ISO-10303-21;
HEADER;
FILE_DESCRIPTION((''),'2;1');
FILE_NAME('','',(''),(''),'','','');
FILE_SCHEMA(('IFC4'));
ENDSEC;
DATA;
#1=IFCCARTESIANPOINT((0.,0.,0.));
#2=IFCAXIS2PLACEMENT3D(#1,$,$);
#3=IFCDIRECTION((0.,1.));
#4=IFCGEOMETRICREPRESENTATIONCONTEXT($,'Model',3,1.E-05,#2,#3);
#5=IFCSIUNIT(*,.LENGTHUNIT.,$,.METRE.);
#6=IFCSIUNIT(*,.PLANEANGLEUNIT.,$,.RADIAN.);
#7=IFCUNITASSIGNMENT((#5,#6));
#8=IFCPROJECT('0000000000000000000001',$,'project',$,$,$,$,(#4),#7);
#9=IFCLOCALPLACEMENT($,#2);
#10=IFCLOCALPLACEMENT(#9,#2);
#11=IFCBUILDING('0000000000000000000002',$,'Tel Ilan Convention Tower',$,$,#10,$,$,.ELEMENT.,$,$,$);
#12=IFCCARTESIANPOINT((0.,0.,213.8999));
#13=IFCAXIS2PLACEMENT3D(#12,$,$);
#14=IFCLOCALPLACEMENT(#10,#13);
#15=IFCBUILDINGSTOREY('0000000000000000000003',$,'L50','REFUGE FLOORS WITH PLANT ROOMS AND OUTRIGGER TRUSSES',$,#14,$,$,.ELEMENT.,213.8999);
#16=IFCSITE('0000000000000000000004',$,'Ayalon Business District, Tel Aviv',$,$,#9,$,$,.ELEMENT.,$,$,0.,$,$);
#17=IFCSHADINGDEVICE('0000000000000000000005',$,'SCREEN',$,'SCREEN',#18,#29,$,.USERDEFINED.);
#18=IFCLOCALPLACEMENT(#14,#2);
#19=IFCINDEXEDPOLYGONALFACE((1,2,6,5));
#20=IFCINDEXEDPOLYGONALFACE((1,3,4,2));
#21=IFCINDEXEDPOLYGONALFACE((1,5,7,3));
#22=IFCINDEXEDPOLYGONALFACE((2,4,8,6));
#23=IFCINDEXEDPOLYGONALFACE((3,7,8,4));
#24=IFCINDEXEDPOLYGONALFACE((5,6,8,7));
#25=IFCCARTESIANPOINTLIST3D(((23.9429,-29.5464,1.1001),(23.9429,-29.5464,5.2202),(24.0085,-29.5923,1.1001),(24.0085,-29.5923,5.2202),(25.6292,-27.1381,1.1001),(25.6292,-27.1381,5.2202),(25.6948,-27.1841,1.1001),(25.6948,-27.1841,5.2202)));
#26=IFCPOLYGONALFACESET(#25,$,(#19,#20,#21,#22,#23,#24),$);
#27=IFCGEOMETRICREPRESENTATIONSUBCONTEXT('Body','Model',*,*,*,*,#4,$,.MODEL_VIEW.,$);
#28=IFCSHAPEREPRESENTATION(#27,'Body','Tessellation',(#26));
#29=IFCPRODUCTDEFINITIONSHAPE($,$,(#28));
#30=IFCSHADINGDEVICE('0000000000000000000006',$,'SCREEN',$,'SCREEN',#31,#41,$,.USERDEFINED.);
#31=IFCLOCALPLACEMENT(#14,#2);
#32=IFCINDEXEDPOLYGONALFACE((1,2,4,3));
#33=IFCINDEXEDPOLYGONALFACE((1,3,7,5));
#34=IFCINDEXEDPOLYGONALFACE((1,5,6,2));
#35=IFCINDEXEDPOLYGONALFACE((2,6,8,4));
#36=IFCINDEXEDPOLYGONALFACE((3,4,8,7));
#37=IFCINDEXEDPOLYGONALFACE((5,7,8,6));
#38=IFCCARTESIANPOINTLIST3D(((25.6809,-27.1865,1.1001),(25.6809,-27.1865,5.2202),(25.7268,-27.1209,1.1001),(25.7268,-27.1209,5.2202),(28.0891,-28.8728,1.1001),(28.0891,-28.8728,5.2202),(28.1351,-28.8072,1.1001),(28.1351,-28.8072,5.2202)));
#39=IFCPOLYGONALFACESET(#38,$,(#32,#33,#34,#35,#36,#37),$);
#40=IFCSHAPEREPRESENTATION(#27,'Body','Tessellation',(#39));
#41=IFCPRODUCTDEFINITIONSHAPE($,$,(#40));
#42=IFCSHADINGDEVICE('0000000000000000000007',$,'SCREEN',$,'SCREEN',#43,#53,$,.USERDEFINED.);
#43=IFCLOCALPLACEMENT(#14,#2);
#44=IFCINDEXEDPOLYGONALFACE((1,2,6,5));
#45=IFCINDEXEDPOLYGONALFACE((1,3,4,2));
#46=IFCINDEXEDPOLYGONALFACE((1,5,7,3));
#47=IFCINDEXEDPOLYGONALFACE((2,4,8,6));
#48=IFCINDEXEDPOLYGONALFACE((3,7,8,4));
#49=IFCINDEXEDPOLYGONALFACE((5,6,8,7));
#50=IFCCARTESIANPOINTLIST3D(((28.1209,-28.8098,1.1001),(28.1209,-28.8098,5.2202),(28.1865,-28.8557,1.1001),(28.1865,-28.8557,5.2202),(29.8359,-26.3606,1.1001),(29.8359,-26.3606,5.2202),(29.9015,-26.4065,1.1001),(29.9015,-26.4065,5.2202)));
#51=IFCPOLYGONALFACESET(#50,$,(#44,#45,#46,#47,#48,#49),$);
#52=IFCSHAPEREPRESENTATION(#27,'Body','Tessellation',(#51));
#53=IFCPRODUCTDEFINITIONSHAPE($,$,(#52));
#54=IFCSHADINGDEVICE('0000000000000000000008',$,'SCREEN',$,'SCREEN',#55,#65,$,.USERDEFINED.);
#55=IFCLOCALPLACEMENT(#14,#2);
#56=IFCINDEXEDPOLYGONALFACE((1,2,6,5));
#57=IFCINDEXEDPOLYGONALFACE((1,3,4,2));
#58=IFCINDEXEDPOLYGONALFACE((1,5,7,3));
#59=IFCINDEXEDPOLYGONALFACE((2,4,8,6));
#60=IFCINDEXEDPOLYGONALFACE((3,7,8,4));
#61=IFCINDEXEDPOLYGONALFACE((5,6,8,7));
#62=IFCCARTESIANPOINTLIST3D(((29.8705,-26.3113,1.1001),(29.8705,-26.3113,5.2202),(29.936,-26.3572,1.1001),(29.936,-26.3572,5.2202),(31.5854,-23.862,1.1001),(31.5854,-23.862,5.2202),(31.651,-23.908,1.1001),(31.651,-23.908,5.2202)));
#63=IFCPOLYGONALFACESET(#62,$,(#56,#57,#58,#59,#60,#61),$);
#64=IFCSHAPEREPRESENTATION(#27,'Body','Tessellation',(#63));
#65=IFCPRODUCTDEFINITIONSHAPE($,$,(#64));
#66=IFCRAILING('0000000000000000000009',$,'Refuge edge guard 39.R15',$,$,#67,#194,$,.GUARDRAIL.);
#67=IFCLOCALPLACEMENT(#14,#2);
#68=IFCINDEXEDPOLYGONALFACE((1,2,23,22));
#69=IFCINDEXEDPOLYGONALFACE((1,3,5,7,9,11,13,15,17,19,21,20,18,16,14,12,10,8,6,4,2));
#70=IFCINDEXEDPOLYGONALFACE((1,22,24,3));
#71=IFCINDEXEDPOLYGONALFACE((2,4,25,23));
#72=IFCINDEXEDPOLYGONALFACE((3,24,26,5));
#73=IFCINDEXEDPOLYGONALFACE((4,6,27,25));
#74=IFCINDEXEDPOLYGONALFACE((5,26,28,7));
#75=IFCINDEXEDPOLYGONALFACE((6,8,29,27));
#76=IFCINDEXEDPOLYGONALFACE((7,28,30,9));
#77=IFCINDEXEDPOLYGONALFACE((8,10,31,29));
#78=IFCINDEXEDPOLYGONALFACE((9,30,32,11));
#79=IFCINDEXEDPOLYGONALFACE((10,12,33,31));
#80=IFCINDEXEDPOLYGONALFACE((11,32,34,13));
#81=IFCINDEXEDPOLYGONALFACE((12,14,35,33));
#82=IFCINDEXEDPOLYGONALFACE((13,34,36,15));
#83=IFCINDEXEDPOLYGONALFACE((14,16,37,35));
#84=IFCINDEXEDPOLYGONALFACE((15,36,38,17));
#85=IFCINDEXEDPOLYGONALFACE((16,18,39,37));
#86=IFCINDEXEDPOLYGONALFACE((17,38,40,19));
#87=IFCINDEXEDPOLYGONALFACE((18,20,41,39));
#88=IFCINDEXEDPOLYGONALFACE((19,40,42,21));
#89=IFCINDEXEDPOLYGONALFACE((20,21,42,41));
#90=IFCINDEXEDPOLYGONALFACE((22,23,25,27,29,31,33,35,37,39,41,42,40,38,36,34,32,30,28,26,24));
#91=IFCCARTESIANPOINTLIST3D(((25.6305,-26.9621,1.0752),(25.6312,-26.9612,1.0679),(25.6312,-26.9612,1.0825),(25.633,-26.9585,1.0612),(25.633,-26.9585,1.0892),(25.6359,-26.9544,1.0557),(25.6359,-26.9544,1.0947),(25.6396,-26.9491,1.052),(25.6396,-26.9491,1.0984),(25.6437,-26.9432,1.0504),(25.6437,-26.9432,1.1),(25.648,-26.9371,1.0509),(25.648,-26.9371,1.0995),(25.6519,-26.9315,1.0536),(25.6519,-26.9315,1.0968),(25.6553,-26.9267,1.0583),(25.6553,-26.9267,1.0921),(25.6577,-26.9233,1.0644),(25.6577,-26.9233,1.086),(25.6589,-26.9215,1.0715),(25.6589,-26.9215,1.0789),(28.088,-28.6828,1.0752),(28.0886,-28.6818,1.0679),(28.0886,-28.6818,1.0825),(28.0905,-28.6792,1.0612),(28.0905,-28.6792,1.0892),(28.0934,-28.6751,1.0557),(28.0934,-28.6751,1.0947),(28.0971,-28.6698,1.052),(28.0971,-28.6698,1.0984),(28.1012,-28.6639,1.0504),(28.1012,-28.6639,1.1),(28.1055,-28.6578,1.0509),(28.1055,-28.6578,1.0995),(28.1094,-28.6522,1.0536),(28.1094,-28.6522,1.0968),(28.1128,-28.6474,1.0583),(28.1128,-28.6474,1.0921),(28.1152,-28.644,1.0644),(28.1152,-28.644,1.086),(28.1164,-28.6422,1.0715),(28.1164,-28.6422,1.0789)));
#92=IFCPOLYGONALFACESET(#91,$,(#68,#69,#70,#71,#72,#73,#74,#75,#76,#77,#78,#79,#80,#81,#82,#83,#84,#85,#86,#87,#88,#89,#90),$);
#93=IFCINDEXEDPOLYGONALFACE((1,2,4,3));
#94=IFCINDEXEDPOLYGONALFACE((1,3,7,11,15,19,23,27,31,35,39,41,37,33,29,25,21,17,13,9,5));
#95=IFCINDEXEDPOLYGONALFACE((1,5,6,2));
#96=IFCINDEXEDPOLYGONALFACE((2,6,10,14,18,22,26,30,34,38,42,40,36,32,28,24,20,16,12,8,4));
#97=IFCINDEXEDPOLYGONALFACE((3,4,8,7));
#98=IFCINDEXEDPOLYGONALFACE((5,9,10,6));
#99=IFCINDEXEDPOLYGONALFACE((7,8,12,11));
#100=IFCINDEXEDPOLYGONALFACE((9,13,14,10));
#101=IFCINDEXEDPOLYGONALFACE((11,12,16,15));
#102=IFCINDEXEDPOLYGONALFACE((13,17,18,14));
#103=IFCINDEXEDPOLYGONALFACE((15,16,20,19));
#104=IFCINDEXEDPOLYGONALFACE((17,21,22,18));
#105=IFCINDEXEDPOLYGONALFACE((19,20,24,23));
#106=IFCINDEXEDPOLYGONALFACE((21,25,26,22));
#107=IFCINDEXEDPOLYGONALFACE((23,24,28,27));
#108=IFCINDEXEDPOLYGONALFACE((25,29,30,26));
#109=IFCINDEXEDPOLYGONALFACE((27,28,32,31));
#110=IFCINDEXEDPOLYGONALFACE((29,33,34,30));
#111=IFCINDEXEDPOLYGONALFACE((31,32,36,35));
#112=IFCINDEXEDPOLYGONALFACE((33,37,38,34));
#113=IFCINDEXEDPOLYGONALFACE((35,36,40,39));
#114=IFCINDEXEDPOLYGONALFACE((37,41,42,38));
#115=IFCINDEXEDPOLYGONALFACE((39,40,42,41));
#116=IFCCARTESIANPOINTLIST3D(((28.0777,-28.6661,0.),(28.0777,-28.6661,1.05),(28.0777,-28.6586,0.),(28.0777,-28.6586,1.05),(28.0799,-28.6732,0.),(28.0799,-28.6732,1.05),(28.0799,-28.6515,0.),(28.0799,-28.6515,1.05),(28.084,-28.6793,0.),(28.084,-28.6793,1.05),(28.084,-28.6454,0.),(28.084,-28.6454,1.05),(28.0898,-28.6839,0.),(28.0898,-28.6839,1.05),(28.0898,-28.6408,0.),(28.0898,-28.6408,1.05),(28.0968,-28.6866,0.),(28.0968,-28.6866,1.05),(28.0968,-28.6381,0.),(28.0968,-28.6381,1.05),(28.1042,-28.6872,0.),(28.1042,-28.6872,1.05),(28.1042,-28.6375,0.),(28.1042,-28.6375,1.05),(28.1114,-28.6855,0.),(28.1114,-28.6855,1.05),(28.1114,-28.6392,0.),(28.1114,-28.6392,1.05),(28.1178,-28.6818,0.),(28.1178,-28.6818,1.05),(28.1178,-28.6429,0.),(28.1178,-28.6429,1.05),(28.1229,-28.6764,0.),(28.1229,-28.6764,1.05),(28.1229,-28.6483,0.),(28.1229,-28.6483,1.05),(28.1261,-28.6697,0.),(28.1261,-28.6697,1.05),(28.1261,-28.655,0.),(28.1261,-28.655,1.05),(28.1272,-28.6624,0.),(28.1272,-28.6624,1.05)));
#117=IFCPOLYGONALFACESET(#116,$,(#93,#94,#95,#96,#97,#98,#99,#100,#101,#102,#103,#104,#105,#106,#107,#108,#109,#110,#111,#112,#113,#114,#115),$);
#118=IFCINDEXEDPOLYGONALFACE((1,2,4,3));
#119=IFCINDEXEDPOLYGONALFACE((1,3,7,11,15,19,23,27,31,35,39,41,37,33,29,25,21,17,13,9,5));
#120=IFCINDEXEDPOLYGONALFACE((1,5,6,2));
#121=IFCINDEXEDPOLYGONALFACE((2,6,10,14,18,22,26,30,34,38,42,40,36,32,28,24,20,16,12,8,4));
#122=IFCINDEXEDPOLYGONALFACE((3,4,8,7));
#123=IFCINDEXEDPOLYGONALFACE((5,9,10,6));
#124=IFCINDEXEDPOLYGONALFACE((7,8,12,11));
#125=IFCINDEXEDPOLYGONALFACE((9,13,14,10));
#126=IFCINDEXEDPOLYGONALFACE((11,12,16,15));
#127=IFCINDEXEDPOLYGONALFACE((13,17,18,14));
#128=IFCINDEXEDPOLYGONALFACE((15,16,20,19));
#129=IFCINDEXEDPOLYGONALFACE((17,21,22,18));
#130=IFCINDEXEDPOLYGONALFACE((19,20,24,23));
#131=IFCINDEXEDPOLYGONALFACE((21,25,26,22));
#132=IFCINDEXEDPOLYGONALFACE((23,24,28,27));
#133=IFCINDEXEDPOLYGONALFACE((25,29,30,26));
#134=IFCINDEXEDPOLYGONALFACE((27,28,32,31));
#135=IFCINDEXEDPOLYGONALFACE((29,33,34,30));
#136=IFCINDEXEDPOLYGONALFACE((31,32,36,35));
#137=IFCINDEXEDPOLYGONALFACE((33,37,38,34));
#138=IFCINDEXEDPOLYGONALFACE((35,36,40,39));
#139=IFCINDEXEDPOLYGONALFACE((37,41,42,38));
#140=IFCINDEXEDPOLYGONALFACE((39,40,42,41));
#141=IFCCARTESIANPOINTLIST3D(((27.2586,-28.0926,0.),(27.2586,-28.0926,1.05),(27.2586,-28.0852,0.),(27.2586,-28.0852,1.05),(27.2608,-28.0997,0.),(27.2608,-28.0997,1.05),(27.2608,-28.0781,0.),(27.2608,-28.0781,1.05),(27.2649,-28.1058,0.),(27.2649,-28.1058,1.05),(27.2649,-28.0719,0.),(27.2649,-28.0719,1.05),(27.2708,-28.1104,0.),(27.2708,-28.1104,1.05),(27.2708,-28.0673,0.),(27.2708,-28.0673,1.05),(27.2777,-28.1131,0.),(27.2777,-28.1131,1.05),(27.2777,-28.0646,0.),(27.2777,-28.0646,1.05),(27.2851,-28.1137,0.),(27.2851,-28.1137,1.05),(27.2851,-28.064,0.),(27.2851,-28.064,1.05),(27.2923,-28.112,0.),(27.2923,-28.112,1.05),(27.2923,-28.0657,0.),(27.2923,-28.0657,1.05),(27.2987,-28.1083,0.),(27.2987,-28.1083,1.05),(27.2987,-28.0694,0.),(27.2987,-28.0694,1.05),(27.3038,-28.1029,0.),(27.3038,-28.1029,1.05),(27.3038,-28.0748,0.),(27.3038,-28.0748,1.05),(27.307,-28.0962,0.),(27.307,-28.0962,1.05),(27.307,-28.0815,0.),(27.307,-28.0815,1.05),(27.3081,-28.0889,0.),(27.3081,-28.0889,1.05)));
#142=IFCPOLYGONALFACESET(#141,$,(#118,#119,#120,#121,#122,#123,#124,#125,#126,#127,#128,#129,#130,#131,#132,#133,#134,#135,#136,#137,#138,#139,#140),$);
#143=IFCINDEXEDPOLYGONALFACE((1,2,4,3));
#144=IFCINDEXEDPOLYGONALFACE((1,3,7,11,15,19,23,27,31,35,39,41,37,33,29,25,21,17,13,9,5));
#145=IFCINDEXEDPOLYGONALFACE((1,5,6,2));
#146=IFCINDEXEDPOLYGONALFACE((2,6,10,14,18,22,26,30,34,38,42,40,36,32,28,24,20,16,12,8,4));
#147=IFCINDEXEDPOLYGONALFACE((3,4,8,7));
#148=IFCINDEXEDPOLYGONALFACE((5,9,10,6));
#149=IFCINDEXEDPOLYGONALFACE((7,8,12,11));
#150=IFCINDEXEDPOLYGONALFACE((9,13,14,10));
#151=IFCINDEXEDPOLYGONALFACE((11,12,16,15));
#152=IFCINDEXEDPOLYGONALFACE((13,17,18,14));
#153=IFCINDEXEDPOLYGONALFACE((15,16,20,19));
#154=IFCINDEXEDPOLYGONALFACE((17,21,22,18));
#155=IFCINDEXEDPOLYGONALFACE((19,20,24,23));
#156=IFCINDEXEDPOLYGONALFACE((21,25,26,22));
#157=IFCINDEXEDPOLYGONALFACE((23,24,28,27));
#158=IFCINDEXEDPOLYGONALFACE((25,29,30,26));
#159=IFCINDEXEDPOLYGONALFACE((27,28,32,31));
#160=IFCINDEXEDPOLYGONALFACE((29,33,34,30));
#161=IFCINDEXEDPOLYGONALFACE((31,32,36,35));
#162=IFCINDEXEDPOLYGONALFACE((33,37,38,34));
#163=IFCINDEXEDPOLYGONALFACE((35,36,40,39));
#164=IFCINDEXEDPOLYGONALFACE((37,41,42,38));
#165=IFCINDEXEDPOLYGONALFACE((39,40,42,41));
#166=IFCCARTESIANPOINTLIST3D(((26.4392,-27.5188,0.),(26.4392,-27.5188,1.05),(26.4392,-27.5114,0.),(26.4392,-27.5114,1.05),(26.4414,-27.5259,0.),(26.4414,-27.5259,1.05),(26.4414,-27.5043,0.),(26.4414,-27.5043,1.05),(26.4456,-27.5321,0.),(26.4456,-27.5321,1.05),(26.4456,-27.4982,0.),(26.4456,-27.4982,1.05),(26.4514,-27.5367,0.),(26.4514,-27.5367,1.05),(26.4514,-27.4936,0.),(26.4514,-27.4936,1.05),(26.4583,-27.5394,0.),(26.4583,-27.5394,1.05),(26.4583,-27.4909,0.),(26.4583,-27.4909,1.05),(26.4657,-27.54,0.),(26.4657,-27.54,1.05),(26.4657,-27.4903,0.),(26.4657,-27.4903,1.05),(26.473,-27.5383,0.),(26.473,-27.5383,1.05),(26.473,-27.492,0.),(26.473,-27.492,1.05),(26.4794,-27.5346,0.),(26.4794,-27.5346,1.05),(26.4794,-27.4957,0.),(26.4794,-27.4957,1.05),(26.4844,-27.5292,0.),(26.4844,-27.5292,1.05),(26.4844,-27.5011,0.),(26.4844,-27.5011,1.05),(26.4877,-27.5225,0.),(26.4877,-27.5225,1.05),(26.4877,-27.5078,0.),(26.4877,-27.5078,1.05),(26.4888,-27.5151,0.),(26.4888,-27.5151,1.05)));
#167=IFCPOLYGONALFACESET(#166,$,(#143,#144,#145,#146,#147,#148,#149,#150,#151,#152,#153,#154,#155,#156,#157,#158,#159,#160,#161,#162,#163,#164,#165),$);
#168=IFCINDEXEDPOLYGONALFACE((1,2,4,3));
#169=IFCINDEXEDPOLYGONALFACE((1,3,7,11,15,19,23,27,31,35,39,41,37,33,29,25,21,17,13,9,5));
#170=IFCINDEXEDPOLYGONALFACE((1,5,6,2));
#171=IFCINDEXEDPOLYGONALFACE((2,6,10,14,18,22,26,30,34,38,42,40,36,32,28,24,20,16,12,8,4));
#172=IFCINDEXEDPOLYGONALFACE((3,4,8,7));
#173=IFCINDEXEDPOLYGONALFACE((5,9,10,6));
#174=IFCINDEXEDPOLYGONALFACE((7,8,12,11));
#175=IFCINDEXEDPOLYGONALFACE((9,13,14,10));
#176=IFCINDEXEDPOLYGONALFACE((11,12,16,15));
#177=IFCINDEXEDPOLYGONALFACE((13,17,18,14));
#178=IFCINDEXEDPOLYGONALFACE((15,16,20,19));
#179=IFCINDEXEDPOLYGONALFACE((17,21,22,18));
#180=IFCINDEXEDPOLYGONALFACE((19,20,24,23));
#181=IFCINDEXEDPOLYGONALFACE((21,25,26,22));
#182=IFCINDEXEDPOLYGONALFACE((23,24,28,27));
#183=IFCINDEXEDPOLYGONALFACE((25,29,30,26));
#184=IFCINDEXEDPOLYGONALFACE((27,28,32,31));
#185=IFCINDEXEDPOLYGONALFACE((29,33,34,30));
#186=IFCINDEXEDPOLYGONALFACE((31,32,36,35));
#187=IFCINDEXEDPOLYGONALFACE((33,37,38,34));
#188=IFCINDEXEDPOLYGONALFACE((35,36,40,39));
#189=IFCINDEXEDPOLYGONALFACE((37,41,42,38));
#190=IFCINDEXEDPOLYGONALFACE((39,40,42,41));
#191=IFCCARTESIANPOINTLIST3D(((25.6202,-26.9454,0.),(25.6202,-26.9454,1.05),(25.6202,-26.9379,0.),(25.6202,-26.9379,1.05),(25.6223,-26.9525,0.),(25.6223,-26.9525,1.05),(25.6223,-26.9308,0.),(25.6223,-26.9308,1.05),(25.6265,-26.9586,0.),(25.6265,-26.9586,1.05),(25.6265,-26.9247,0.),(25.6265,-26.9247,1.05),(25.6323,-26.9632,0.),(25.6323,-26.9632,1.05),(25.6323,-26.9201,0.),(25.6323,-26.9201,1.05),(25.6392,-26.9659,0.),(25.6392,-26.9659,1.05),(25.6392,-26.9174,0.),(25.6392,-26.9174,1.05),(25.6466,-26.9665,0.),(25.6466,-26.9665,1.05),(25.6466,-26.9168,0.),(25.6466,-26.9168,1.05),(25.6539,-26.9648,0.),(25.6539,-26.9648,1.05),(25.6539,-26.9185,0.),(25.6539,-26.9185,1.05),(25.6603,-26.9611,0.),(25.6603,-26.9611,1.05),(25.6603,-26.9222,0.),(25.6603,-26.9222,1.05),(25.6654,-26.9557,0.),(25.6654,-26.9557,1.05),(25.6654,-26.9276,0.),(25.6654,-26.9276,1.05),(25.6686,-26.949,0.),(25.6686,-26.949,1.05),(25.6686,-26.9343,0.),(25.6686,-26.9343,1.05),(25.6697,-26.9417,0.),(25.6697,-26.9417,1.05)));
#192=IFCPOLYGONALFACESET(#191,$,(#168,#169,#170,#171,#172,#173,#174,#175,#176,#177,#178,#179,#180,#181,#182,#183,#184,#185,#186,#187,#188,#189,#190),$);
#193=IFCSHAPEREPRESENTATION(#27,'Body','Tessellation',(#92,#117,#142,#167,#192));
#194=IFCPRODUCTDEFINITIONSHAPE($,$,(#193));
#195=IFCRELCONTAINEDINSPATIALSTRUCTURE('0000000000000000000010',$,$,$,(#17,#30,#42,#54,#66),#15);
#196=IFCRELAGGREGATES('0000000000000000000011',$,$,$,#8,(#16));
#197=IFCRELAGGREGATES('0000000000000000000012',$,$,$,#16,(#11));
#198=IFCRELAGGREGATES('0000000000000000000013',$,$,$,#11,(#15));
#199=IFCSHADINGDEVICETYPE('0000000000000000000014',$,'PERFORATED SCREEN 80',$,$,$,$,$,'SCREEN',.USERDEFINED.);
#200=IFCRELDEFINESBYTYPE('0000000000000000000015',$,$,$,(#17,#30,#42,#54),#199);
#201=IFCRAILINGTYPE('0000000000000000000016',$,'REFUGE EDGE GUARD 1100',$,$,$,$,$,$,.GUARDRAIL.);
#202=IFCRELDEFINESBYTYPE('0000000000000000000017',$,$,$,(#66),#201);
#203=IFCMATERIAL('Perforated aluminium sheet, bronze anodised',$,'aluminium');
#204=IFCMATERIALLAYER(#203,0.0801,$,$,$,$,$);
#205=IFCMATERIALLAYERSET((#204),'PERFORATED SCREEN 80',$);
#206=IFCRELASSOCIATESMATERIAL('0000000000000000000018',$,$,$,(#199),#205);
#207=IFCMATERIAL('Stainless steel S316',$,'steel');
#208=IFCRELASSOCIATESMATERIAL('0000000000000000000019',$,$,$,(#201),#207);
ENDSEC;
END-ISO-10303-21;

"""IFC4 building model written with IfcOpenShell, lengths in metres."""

from ifc_helpers import new_model, si_unit, direction, frame, origin, origin_2d, place, context, subcontext, project, spatial, rectangle, circle, extrude, material, layer, layer_set, type_object, element, save


model = new_model("IFC4")

# Units and contexts
model_context = context("Model", 3, precision=1e-05, world=origin(), true_north=direction((0.0, 1.0)))
body_context = subcontext(model_context, "Body", "Model", "MODEL_VIEW")
ifc_project = project(units=[si_unit("LENGTHUNIT", "METRE"), si_unit("PLANEANGLEUNIT", "RADIAN")], contexts=[model_context])

# Site, building, storey
site_placement = place(None, origin())
site = spatial("IfcSite", under=ifc_project, at=site_placement, Name="Ayalon Business District, Tel Aviv", CompositionType="ELEMENT", RefElevation=0.0)
building_placement = place(site_placement, origin())
building = spatial("IfcBuilding", under=site, at=building_placement, Name="Tel Ilan Convention Tower", CompositionType="ELEMENT")
storey_placement = place(building_placement, frame((0.0, 0.0, 213.8999)))
storey = spatial("IfcBuildingStorey", under=building, at=storey_placement, Name="L50", Description="REFUGE FLOORS WITH PLANT ROOMS AND OUTRIGGER TRUSSES", CompositionType="ELEMENT", Elevation=213.8999)

# Shading devices
ifc_material_1 = material(Name="Perforated aluminium sheet, bronze anodised", Category="aluminium")
ifc_layer_1 = layer(ifc_material_1, 0.0801)
ifc_layer_set_1 = layer_set([ifc_layer_1], Name="PERFORATED SCREEN 80")
shading_device_type_1 = type_object("IfcShadingDeviceType", Name="PERFORATED SCREEN 80", ElementType="SCREEN", PredefinedType="USERDEFINED", material=ifc_layer_set_1)
for number, where, z_axis, x_axis, name in (
    (1, (24.8188, -28.3652, 1.1001), (0.0, 0.0, 1.0), (0.573576, 0.819152, 0.0), "SCREEN"),
    (2, (26.908, -27.9968, 1.1001), (0.0, 0.0, 1.0), (0.819152, -0.573576, 0.0), "SCREEN"),
):
    element("IfcShadingDevice", number, at=place(storey_placement, frame(where, z_axis=z_axis, x_axis=x_axis)), inside=storey, type_object=shading_device_type_1, Name=name, ObjectType="SCREEN", PredefinedType="USERDEFINED", context=body_context, shape_type="SweptSolid", body=[
        extrude(rectangle(XDim=2.9399, YDim=0.0801, at=origin_2d()), origin(), (0.0, 0.0, 1.0), 4.1201),
    ])
for number, where, z_axis, x_axis, name in (
    (3, (29.0112, -27.6082, 1.1001), (0.0, 0.0, 1.0), (0.573576, 0.819152, 0.0), "SCREEN"),
    (4, (30.7607, -25.1096, 1.1001), (0.0, 0.0, 1.0), (0.573576, 0.819152, 0.0), "SCREEN"),
):
    element("IfcShadingDevice", number, at=place(storey_placement, frame(where, z_axis=z_axis, x_axis=x_axis)), inside=storey, type_object=shading_device_type_1, Name=name, ObjectType="SCREEN", PredefinedType="USERDEFINED", context=body_context, shape_type="SweptSolid", body=[
        extrude(rectangle(XDim=2.99, YDim=0.0801, at=origin_2d()), origin(), (0.0, 0.0, 1.0), 4.1201),
    ])

# Railing
ifc_material_2 = material(Name="Stainless steel S316", Category="steel")
railing_type = type_object("IfcRailingType", Name="REFUGE EDGE GUARD 1100", PredefinedType="GUARDRAIL", material=ifc_material_2)
railing_1_placement = place(storey_placement, frame((28.1023, -28.6624, 0.0)))
element("IfcRailing", 5, at=railing_1_placement, inside=storey, type_object=railing_type, Name="Refuge edge guard 39.R15", PredefinedType="GUARDRAIL", context=body_context, shape_type="SweptSolid", body=[
    extrude(circle(Radius=0.0249, at=origin_2d()), frame((0.0, 0.0, 1.0752), z_axis=(-0.819163, 0.573561, 0.0), x_axis=(-0.573561, -0.819163, 0.0)), (0.0, 0.0, 1.0), 3.0),
    extrude(circle(Radius=0.0249, at=origin_2d()), origin(), (0.0, 0.0, 1.0), 1.05),
    extrude(circle(Radius=0.0249, at=origin_2d()), frame((-0.8191, 0.5735, 0.0)), (0.0, 0.0, 1.0), 1.05),
    extrude(circle(Radius=0.0249, at=origin_2d()), frame((-1.6384, 1.1472, 0.0)), (0.0, 0.0, 1.0), 1.05),
    extrude(circle(Radius=0.0249, at=origin_2d()), frame((-2.4575, 1.7207, 0.0)), (0.0, 0.0, 1.0), 1.05),
])

save(model, "model.ifc")
